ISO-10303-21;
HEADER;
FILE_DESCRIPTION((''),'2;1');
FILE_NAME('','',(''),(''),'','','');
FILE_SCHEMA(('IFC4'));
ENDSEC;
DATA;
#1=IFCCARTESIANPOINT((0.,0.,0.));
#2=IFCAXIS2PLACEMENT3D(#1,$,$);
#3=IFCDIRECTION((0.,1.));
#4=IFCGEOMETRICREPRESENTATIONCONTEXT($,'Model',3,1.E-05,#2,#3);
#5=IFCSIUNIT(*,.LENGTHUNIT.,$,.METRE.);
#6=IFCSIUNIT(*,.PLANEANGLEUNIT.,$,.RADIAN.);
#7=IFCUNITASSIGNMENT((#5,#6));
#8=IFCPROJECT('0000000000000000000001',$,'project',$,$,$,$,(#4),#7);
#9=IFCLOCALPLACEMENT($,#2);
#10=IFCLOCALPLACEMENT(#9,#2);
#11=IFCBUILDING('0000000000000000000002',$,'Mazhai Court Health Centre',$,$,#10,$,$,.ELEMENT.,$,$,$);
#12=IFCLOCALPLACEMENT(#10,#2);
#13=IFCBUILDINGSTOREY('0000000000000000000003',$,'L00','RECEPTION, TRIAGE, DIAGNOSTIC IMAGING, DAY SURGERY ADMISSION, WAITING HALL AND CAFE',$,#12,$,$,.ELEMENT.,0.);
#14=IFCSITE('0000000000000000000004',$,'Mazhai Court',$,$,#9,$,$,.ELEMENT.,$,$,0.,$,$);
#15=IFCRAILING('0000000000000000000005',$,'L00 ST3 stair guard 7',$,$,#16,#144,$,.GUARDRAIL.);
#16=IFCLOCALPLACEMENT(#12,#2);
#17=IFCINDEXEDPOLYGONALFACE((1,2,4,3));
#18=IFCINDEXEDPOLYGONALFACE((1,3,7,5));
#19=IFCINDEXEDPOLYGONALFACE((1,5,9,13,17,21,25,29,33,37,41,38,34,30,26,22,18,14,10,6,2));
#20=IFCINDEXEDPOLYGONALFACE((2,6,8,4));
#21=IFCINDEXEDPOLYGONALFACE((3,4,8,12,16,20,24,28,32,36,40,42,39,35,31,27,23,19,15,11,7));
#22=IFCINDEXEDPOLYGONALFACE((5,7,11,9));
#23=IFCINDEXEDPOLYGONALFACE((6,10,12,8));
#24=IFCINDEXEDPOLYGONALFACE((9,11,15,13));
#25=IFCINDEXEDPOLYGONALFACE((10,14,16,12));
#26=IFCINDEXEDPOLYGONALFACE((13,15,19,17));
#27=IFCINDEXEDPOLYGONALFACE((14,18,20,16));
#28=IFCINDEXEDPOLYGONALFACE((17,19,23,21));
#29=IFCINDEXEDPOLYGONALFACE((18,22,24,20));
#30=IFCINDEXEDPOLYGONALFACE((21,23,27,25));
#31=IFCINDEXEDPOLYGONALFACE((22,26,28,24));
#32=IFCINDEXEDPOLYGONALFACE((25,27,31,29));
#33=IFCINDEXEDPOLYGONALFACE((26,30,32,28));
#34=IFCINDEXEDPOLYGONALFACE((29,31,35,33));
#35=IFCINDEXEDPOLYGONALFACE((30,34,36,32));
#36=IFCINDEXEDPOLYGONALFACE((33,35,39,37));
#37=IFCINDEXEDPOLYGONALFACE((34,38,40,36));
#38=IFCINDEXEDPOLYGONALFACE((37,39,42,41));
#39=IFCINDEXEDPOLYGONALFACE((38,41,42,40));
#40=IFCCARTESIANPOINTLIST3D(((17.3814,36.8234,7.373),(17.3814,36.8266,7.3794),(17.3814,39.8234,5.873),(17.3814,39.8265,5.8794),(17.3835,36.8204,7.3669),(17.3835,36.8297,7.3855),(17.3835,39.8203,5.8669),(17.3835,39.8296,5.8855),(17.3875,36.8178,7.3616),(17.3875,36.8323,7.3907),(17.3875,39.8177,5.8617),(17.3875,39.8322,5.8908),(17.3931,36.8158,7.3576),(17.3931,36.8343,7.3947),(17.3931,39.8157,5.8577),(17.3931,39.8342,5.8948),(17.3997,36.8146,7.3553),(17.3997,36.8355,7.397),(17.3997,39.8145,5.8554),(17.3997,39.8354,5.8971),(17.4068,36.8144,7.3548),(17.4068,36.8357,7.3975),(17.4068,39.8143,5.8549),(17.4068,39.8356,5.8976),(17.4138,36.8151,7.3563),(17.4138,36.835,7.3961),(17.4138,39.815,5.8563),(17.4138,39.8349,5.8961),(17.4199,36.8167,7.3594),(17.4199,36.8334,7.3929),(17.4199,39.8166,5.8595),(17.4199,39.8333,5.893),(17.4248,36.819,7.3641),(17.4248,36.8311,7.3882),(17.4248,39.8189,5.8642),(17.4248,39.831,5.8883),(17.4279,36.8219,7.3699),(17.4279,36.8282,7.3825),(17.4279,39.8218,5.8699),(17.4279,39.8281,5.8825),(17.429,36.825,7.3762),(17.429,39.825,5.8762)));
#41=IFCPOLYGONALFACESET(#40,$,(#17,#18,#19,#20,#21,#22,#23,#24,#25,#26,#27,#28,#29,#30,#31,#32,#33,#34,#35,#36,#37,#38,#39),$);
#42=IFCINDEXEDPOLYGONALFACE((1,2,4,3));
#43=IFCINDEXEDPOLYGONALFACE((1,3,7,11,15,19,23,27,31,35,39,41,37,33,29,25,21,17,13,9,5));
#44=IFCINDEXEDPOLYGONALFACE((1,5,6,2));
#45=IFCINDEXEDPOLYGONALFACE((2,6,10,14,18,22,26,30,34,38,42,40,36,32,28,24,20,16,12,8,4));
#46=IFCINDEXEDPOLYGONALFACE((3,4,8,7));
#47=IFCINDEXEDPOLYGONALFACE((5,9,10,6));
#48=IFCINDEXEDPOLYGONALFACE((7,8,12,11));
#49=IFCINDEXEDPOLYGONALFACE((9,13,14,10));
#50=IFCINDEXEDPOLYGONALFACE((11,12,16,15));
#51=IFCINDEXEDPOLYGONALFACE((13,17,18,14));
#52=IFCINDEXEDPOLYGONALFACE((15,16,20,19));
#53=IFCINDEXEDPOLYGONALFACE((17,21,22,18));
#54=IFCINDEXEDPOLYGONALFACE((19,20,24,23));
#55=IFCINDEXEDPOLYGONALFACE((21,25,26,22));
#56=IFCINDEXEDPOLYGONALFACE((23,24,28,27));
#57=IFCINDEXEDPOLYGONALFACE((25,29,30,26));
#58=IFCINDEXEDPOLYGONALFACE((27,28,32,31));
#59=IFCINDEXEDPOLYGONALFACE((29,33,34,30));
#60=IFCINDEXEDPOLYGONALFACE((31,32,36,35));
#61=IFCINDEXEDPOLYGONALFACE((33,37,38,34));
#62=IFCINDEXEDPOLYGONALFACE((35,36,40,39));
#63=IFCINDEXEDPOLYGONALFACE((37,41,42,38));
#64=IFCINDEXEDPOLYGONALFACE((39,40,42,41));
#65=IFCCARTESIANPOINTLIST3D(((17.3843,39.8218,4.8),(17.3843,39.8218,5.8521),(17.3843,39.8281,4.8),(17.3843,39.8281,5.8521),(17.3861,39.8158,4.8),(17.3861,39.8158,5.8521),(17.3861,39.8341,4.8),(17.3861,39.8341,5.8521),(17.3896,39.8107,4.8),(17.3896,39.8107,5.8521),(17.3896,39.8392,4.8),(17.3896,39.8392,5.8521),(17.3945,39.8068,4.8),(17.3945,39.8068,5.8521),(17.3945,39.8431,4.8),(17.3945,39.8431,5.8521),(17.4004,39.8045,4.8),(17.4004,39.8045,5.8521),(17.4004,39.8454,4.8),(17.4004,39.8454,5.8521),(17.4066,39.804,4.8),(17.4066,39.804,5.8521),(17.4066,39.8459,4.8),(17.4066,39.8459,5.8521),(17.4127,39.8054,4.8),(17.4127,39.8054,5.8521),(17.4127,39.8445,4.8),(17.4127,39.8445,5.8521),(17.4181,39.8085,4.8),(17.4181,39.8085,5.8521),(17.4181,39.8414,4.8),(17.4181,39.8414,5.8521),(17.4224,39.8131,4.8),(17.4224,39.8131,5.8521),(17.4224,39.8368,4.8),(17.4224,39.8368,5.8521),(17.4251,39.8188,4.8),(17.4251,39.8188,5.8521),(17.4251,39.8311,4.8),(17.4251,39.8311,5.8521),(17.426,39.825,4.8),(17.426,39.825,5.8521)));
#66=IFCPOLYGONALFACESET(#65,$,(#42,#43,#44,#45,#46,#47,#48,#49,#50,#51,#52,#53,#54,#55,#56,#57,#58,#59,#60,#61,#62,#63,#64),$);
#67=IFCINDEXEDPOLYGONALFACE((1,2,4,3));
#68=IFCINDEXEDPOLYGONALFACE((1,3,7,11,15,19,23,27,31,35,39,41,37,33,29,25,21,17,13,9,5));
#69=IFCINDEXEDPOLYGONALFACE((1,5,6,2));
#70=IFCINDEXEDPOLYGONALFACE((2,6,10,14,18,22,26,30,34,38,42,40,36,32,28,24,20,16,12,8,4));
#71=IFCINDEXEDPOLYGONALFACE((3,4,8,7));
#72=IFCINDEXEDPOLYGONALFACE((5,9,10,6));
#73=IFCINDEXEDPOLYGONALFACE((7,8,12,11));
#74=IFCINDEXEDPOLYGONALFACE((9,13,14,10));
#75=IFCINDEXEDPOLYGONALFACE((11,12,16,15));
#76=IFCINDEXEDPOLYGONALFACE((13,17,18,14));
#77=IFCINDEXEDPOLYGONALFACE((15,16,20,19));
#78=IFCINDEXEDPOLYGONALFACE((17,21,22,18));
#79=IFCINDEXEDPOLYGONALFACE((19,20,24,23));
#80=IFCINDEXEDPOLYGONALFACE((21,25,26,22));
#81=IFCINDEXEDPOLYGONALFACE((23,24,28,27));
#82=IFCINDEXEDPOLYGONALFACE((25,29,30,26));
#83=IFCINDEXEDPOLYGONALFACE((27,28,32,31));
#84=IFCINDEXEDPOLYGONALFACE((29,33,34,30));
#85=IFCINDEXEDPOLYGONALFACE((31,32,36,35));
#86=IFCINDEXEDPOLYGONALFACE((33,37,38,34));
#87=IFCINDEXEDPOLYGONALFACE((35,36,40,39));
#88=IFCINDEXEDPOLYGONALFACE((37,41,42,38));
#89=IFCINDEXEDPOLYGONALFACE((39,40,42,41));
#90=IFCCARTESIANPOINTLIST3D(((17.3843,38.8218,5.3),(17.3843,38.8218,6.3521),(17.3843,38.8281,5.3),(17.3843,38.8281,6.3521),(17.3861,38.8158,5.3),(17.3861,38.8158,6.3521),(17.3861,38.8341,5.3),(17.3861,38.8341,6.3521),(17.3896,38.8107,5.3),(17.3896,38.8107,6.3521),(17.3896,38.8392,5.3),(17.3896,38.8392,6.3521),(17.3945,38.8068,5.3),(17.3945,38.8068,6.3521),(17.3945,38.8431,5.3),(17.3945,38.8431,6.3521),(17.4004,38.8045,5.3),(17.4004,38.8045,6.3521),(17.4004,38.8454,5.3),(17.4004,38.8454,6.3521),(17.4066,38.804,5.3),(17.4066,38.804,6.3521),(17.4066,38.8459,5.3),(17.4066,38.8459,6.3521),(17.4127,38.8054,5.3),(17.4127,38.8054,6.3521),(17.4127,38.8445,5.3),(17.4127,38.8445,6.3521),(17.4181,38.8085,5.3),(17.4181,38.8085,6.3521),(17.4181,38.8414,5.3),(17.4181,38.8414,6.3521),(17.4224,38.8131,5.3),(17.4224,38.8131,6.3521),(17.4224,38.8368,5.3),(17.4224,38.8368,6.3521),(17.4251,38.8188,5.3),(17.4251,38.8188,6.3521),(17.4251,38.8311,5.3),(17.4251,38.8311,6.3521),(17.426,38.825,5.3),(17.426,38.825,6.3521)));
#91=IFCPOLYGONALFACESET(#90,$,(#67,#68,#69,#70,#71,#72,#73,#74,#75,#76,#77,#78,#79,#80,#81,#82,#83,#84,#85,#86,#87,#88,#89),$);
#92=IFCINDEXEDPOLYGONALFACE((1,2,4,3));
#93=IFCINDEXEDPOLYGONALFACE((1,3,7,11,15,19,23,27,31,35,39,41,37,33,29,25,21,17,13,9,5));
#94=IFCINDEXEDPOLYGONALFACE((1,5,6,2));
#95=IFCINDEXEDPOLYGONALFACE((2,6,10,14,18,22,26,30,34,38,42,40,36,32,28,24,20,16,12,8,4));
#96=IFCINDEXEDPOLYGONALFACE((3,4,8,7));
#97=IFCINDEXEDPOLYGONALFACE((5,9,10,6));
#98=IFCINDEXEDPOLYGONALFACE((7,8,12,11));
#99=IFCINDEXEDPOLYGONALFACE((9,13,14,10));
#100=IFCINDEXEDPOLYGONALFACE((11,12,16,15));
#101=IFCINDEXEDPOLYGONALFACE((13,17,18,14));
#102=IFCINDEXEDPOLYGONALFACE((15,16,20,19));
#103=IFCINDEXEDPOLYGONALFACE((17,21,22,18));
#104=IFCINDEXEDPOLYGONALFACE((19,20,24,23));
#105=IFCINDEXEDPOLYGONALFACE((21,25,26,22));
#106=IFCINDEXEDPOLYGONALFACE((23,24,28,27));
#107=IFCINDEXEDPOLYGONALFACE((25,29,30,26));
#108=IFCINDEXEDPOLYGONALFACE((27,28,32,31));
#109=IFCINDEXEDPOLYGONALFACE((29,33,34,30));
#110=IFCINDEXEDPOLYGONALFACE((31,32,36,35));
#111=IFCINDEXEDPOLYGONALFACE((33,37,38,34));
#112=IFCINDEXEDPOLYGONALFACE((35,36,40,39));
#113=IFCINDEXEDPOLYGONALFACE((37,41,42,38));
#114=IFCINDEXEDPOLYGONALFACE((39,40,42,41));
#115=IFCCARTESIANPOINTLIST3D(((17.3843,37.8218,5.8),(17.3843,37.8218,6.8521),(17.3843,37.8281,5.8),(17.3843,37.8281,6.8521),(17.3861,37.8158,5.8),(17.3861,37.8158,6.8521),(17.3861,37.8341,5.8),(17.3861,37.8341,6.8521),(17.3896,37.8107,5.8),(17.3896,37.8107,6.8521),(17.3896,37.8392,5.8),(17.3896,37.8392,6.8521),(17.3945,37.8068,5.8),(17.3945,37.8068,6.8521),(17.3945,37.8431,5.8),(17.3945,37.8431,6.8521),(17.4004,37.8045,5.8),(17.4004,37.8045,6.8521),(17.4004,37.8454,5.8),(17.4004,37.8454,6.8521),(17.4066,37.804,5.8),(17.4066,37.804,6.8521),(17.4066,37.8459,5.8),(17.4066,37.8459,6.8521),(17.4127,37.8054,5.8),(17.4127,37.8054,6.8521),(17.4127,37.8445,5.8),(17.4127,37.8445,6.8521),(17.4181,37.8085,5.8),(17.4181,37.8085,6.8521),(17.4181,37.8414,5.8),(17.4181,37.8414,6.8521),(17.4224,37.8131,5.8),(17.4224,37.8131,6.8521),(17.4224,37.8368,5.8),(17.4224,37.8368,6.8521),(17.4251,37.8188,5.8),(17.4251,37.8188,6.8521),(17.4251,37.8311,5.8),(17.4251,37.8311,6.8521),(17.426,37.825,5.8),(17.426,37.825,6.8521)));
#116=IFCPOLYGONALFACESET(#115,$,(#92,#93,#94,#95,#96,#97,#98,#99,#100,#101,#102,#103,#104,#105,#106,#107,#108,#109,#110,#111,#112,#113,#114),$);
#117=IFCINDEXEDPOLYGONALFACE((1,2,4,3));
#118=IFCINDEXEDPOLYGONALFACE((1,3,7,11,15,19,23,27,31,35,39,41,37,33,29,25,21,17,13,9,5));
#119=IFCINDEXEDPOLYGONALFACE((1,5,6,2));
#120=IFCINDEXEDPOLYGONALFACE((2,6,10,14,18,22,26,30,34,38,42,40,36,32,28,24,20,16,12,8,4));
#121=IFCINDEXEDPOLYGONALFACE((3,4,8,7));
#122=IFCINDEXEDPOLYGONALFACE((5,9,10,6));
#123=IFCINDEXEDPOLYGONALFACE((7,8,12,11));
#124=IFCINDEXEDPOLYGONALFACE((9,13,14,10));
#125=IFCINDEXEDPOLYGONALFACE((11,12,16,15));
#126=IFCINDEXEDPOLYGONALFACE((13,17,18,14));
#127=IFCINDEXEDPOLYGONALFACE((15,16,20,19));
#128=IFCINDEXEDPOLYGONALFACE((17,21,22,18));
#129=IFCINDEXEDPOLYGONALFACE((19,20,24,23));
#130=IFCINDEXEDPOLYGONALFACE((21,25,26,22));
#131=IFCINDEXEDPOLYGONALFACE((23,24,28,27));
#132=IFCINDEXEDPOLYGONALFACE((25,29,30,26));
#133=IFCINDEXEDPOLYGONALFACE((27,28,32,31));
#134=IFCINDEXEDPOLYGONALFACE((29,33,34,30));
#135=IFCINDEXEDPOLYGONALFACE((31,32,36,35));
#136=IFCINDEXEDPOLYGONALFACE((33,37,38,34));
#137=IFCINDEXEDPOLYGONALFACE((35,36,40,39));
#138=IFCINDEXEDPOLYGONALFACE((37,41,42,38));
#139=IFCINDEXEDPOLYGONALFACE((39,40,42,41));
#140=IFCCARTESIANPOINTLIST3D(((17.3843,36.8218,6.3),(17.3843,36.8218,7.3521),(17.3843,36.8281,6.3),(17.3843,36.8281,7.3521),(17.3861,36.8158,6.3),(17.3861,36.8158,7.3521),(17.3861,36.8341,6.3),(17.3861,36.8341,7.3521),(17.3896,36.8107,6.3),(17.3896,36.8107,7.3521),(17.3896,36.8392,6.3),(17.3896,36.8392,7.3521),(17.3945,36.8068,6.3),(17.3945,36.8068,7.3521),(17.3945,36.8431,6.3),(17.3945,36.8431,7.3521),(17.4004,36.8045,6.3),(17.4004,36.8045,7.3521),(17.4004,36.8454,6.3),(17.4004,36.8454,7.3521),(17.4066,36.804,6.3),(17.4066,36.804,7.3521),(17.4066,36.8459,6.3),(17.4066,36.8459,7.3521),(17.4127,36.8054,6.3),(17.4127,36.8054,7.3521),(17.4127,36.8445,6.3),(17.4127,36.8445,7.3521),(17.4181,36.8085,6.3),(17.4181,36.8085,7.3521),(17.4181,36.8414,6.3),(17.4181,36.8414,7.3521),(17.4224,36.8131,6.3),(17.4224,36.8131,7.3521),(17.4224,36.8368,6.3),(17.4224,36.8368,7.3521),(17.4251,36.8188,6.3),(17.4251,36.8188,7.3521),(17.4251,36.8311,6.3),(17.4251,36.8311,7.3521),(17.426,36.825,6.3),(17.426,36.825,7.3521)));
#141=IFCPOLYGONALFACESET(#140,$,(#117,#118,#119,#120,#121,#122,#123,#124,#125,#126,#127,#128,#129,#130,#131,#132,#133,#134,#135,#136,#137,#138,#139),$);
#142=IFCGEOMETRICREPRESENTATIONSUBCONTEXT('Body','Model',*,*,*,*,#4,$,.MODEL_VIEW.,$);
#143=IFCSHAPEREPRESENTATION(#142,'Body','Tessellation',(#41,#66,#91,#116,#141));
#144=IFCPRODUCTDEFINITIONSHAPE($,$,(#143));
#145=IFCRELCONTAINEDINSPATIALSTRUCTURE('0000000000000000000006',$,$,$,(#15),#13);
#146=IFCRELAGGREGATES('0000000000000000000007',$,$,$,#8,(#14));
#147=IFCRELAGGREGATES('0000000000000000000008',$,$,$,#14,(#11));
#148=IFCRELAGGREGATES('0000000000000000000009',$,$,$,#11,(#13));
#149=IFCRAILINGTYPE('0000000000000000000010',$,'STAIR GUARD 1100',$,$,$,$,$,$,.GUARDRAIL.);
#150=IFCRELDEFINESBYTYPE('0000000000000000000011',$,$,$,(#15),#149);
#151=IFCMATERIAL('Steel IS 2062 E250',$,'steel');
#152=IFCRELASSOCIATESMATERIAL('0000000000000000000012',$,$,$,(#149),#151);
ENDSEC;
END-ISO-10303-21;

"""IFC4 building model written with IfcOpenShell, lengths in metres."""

from ifc_helpers import new_model, si_unit, direction, frame, origin, origin_2d, place, context, subcontext, project, spatial, circle, extrude, material, type_object, element, save


model = new_model("IFC4")

# Units and contexts
model_context = context("Model", 3, precision=1e-05, world=origin(), true_north=direction((0.0, 1.0)))
body_context = subcontext(model_context, "Body", "Model", "MODEL_VIEW")
ifc_project = project(units=[si_unit("LENGTHUNIT", "METRE"), si_unit("PLANEANGLEUNIT", "RADIAN")], contexts=[model_context])

# Site, building, storey
site_placement = place(None, origin())
site = spatial("IfcSite", under=ifc_project, at=site_placement, Name="Mazhai Court", CompositionType="ELEMENT", RefElevation=0.0)
building_placement = place(site_placement, origin())
building = spatial("IfcBuilding", under=site, at=building_placement, Name="Mazhai Court Health Centre", CompositionType="ELEMENT")
storey_placement = place(building_placement, origin())
storey = spatial("IfcBuildingStorey", under=building, at=storey_placement, Name="L00", Description="RECEPTION, TRIAGE, DIAGNOSTIC IMAGING, DAY SURGERY ADMISSION, WAITING HALL AND CAFE", CompositionType="ELEMENT", Elevation=0.0)

# Railing
ifc_material_1 = material(Name="Steel IS 2062 E250", Category="steel")
railing_type_1 = type_object("IfcRailingType", Name="STAIR GUARD 1100", PredefinedType="GUARDRAIL", material=ifc_material_1)
railing_1_placement = place(storey_placement, frame((17.405, 39.825, 4.8)))
element("IfcRailing", 1, at=railing_1_placement, inside=storey, type_object=railing_type_1, Name="L00 ST3 stair guard 7", PredefinedType="GUARDRAIL", context=body_context, shape_type="SweptSolid", body=[
    extrude(circle(Radius=0.0239, at=origin_2d()), frame((0.0, 0.0, 1.0762), z_axis=(0.0, -0.894427, 0.447214), x_axis=(1.0, 0.0, 0.0)), (0.0, 0.0, 1.0), 3.354),
    extrude(circle(Radius=0.021, at=origin_2d()), origin(), (0.0, 0.0, 1.0), 1.052),
    extrude(circle(Radius=0.021, at=origin_2d()), frame((0.0, -1.0, 0.5)), (0.0, 0.0, 1.0), 1.052),
    extrude(circle(Radius=0.021, at=origin_2d()), frame((0.0, -2.0, 1.0)), (0.0, 0.0, 1.0), 1.052),
    extrude(circle(Radius=0.021, at=origin_2d()), frame((0.0, -3.0, 1.5)), (0.0, 0.0, 1.0), 1.052),
])

save(model, "model.ifc")
